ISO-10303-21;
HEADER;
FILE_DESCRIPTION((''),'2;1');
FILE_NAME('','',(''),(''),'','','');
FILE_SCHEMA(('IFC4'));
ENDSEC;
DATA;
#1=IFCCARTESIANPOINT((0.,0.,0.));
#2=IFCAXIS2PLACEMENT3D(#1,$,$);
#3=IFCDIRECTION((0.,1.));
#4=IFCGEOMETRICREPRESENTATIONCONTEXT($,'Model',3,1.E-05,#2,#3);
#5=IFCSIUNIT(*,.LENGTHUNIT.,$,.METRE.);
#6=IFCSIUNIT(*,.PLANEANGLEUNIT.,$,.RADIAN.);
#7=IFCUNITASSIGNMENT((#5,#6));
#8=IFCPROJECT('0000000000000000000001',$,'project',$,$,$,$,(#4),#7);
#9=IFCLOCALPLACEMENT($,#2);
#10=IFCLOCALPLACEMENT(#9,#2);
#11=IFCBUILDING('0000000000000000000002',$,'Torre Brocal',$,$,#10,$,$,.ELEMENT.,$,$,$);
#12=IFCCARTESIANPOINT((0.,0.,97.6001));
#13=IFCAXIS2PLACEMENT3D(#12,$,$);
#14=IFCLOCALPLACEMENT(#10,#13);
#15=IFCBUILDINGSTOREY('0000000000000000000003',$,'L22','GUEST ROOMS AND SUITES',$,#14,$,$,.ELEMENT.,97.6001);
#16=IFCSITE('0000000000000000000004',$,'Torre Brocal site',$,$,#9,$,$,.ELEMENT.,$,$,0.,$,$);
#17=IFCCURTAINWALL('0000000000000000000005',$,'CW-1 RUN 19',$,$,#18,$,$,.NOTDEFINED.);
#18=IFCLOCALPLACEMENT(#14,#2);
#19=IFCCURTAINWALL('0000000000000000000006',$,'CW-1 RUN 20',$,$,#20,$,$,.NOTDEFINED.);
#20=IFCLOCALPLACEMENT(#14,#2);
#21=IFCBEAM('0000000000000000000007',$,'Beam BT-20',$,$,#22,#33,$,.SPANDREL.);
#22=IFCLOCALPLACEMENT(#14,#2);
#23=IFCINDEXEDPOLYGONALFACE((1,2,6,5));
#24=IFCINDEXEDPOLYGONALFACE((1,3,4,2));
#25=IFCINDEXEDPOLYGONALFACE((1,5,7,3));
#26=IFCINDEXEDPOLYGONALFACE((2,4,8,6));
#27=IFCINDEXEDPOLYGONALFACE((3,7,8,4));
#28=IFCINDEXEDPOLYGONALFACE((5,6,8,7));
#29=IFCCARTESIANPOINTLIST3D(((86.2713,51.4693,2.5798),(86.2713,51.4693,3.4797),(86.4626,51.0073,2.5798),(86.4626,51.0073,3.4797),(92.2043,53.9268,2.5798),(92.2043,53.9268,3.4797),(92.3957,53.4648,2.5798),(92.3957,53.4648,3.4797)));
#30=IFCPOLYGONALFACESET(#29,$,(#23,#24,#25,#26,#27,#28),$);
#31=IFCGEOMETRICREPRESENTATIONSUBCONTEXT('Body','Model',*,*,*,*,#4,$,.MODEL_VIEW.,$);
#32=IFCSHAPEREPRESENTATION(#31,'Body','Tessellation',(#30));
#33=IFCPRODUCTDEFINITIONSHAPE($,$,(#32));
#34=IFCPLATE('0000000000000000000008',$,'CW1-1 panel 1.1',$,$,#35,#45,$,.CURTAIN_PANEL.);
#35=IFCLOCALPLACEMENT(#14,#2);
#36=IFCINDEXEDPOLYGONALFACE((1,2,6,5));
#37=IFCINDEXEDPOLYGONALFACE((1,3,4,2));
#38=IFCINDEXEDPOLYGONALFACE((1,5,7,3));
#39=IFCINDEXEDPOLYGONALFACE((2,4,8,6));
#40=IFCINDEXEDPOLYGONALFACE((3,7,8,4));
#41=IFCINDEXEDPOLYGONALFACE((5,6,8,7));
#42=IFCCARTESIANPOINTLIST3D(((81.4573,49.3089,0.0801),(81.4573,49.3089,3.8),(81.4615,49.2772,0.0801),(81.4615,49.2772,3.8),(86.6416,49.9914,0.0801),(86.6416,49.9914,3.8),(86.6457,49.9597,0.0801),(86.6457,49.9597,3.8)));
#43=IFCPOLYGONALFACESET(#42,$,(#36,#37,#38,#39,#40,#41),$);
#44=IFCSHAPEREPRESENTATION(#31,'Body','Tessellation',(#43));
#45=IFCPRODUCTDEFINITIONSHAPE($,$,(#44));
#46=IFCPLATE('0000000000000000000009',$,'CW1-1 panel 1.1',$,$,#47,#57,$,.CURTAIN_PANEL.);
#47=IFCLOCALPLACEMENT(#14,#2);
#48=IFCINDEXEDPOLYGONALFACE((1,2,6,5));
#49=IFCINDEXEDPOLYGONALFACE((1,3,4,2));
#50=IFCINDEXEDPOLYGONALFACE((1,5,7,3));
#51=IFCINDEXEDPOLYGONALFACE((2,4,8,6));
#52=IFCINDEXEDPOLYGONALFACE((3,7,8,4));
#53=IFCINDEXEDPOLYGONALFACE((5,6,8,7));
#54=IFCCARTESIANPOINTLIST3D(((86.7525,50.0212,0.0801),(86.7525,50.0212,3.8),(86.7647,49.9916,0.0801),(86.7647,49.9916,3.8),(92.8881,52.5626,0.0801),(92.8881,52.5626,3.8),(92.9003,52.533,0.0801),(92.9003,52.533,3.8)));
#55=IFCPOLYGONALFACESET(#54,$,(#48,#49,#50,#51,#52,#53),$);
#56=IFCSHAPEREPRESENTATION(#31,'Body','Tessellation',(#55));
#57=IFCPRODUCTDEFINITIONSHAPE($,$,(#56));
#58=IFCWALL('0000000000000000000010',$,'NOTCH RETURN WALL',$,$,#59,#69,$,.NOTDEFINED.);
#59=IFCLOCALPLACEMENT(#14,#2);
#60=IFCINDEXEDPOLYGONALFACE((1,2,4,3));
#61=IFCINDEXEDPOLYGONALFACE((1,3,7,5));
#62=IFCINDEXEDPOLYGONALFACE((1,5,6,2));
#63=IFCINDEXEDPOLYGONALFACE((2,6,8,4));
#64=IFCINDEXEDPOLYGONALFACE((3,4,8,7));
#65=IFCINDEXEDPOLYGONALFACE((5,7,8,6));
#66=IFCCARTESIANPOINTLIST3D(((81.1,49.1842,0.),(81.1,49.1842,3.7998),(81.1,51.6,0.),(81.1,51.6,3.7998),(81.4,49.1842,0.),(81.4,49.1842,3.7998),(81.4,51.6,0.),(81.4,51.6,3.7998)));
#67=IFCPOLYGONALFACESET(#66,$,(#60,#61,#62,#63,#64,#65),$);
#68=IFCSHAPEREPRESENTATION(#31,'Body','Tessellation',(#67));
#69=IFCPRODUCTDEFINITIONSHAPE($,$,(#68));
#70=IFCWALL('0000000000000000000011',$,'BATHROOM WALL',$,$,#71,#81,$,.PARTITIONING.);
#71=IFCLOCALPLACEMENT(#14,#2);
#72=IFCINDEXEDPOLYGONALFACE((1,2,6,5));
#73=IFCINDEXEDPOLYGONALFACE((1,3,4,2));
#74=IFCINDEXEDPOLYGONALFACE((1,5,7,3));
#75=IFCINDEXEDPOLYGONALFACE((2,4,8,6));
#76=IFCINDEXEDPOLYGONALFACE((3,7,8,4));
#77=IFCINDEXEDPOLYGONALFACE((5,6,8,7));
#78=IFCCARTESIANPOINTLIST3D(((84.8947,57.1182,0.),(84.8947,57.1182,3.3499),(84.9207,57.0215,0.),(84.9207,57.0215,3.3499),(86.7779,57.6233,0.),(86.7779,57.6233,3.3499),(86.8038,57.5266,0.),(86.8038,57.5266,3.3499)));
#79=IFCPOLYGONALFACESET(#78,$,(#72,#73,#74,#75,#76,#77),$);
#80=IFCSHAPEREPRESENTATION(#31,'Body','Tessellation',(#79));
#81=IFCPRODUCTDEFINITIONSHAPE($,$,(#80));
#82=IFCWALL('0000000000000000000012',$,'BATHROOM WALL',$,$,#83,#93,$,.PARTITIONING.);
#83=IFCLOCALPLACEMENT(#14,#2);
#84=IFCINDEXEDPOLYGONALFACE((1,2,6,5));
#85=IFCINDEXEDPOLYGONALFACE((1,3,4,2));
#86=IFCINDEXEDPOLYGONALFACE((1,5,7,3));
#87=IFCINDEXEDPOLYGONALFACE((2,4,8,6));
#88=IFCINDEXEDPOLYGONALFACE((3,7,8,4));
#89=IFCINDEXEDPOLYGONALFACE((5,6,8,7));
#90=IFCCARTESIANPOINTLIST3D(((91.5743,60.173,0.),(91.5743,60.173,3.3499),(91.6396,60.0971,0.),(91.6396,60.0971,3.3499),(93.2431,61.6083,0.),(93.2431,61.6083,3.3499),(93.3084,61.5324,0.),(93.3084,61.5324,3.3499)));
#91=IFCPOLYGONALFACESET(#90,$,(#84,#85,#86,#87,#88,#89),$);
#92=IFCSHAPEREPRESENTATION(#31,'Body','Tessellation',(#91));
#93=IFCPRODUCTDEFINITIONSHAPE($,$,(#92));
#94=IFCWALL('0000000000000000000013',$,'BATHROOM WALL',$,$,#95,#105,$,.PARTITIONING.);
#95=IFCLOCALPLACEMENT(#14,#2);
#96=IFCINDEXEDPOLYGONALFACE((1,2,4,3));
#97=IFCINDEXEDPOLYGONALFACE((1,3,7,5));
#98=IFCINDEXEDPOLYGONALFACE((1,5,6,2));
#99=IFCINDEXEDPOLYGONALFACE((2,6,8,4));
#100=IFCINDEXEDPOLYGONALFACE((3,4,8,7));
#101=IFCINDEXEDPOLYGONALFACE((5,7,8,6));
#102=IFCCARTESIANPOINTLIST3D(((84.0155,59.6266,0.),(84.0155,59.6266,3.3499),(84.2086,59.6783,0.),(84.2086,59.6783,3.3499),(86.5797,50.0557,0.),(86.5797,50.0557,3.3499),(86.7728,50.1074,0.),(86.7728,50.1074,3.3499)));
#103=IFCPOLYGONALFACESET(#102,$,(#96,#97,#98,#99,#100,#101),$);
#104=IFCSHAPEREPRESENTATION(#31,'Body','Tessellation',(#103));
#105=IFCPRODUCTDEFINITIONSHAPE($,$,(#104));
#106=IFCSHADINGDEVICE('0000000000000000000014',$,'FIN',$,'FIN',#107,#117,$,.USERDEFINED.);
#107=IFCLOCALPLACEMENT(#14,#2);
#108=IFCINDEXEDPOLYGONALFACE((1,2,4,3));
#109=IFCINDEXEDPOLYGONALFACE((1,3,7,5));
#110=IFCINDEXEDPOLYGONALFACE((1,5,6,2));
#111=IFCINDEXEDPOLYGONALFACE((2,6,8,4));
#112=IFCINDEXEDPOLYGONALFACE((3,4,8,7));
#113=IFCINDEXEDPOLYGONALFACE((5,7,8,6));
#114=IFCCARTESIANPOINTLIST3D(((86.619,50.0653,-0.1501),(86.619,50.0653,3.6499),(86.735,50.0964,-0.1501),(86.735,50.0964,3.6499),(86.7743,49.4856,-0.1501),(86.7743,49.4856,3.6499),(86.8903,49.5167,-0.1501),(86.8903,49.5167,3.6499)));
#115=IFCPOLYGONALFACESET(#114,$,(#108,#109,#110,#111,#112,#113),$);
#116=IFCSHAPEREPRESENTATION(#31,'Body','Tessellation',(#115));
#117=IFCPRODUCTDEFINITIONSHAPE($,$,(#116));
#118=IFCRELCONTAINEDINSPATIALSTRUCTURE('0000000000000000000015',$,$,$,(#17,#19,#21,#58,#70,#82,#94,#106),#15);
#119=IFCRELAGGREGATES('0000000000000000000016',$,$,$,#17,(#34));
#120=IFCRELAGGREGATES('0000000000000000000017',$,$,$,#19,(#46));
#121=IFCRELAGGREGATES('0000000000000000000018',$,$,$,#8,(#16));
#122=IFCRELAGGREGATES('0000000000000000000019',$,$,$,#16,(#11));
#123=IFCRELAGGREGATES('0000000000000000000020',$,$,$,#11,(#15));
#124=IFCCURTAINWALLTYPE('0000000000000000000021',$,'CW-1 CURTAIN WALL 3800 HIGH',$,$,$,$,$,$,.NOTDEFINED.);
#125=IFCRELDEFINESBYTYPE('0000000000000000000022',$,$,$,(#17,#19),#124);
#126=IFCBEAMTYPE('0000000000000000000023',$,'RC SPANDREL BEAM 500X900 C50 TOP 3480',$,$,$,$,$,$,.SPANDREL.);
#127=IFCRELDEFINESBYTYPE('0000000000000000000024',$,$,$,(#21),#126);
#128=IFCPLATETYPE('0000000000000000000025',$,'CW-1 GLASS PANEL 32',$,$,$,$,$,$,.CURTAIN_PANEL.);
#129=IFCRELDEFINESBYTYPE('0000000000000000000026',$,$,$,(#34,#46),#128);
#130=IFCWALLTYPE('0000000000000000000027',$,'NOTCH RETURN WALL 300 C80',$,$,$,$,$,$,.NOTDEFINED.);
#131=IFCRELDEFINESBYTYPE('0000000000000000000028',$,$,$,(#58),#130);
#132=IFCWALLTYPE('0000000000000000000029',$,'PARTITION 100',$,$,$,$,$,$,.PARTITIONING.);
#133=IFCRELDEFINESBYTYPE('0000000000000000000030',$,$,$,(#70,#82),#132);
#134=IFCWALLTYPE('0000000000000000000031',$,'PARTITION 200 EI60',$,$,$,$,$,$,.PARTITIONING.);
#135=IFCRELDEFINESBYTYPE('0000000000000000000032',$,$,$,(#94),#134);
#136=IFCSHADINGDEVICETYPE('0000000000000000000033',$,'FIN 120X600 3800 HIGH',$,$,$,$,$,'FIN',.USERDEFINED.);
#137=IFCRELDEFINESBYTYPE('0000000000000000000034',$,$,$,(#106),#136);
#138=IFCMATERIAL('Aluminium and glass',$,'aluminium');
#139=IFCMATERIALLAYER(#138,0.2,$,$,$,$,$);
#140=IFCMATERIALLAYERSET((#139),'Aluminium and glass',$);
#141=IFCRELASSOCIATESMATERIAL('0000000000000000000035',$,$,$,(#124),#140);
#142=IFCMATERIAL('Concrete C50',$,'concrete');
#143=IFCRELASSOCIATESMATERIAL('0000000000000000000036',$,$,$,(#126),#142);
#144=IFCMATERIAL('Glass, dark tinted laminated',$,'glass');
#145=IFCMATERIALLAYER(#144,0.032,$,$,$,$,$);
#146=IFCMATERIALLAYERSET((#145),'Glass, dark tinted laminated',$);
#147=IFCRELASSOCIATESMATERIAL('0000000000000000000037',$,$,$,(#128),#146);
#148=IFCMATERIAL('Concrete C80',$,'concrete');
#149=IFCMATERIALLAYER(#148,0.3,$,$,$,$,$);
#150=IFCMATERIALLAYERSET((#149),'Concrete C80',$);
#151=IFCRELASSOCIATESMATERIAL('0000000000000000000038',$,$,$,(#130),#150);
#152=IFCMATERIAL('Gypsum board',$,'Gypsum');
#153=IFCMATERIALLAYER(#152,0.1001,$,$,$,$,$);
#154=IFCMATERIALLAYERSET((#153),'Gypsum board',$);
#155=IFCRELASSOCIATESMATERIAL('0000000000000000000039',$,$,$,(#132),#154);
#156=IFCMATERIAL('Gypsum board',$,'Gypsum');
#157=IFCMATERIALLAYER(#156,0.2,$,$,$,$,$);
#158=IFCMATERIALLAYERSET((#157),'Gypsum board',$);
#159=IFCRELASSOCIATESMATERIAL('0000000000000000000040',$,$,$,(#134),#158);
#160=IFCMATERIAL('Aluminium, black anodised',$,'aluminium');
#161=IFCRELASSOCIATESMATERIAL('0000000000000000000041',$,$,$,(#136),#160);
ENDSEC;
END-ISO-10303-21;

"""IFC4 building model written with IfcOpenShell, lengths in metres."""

from ifc_helpers import new_model, si_unit, direction, frame, frame_2d, origin, origin_2d, place, context, subcontext, project, spatial, rectangle, extrude, material, layer, layer_set, material_profile, profile_set, type_object, element, aggregate, save


model = new_model("IFC4")

# Units and contexts
model_context = context("Model", 3, precision=1e-05, world=origin(), true_north=direction((0.0, 1.0)))
body_context = subcontext(model_context, "Body", "Model", "MODEL_VIEW")
ifc_project = project(units=[si_unit("LENGTHUNIT", "METRE"), si_unit("PLANEANGLEUNIT", "RADIAN")], contexts=[model_context])

# Site, building, storey
site_placement = place(None, origin())
site = spatial("IfcSite", under=ifc_project, at=site_placement, Name="Torre Brocal site", CompositionType="ELEMENT", RefElevation=0.0)
building_placement = place(site_placement, origin())
building = spatial("IfcBuilding", under=site, at=building_placement, Name="Torre Brocal", CompositionType="ELEMENT")
storey_placement = place(building_placement, frame((0.0, 0.0, 97.6001)))
storey = spatial("IfcBuildingStorey", under=building, at=storey_placement, Name="L22", Description="GUEST ROOMS AND SUITES", CompositionType="ELEMENT", Elevation=97.6001)

# Curtain wall
ifc_material_1 = material(Name="Aluminium and glass", Category="aluminium")
ifc_layer_1 = layer(ifc_material_1, 0.2)
ifc_layer_set_1 = layer_set([ifc_layer_1], Name="Aluminium and glass")
curtain_wall_type = type_object("IfcCurtainWallType", Name="CW-1 CURTAIN WALL 3800 HIGH", PredefinedType="NOTDEFINED", material=ifc_layer_set_1)
curtain_wall_1_placement = place(storey_placement, origin())
curtain_wall_1 = element("IfcCurtainWall", 1, at=curtain_wall_1_placement, inside=storey, type_object=curtain_wall_type, Name="CW-1 RUN 19", PredefinedType="NOTDEFINED")

# Curtain wall
curtain_wall_2_placement = place(storey_placement, origin())
curtain_wall_2 = element("IfcCurtainWall", 2, at=curtain_wall_2_placement, inside=storey, type_object=curtain_wall_type, Name="CW-1 RUN 20", PredefinedType="NOTDEFINED")

# Beam
ifc_material_2 = material(Name="Concrete C50", Category="concrete")
ifc_material_profile_1 = material_profile(ifc_material_2, rectangle(XDim=0.5, YDim=0.8999, at=origin_2d()), Name="RC 500X900")
ifc_profile_set_1 = profile_set([ifc_material_profile_1], Name="Concrete C50")
beam_type_1 = type_object("IfcBeamType", Name="RC SPANDREL BEAM 500X900 C50 TOP 3480", PredefinedType="SPANDREL", material=ifc_profile_set_1)
beam_1_placement = place(storey_placement, frame((86.3669, 51.2383, 3.0298), z_axis=(0.923882, 0.382676, 0.0), x_axis=(-0.382676, 0.923882, 0.0)))
element("IfcBeam", 3, at=beam_1_placement, inside=storey, type_object=beam_type_1, Name="Beam BT-20", PredefinedType="SPANDREL", context=body_context, shape_type="SweptSolid", body=[
    extrude(rectangle(XDim=0.5, YDim=0.8999, at=origin_2d()), origin(), (0.0, 0.0, 1.0), 6.4219),
])

# Plates
ifc_material_3 = material(Name="Glass, dark tinted laminated", Category="glass")
ifc_layer_2 = layer(ifc_material_3, 0.032)
ifc_layer_set_2 = layer_set([ifc_layer_2], Name="Glass, dark tinted laminated")
plate_type = type_object("IfcPlateType", Name="CW-1 GLASS PANEL 32", PredefinedType="CURTAIN_PANEL", material=ifc_layer_set_2)
plate_1_placement = place(storey_placement, frame((84.0515, 49.6343, 0.0801), z_axis=(0.0, 0.0, 1.0), x_axis=(0.991445, 0.130526, 0.0)))
plate_1 = element("IfcPlate", 4, at=plate_1_placement, type_object=plate_type, Name="CW1-1 panel 1.1", PredefinedType="CURTAIN_PANEL", context=body_context, shape_type="SweptSolid", body=[
    extrude(rectangle(XDim=5.229, YDim=0.032, at=origin_2d()), origin(), (0.0, 0.0, 1.0), 3.72),
])
aggregate(curtain_wall_1, [plate_1])
plate_2_placement = place(storey_placement, frame((89.8264, 51.2771, 0.0801), z_axis=(0.0, 0.0, 1.0), x_axis=(0.92388, 0.382683, 0.0)))
plate_2 = element("IfcPlate", 5, at=plate_2_placement, type_object=plate_type, Name="CW1-1 panel 1.1", PredefinedType="CURTAIN_PANEL", context=body_context, shape_type="SweptSolid", body=[
    extrude(rectangle(XDim=6.6411, YDim=0.032, at=origin_2d()), origin(), (0.0, 0.0, 1.0), 3.72),
])
aggregate(curtain_wall_2, [plate_2])

# Walls
ifc_material_4 = material(Name="Concrete C80", Category="concrete")
ifc_layer_3 = layer(ifc_material_4, 0.3)
ifc_layer_set_3 = layer_set([ifc_layer_3], Name="Concrete C80")
wall_type_1 = type_object("IfcWallType", Name="NOTCH RETURN WALL 300 C80", PredefinedType="NOTDEFINED", material=ifc_layer_set_3)
wall_1_placement = place(storey_placement, frame((81.25, 51.6001, 0.0), z_axis=(0.0, 0.0, 1.0), x_axis=(0.0, -1.0, 0.0)))
element("IfcWall", 6, at=wall_1_placement, inside=storey, type_object=wall_type_1, Name="NOTCH RETURN WALL", PredefinedType="NOTDEFINED", context=body_context, shape_type="SweptSolid", body=[
    extrude(rectangle(XDim=2.4158, YDim=0.3, at=frame_2d((1.208, 0.0))), origin(), (0.0, 0.0, 1.0), 3.7998),
])
ifc_material_5 = material(Name="Gypsum board", Category="Gypsum")
ifc_layer_4 = layer(ifc_material_5, 0.1001)
ifc_layer_set_4 = layer_set([ifc_layer_4], Name="Gypsum board")
wall_type_2 = type_object("IfcWallType", Name="PARTITION 100", PredefinedType="PARTITIONING", material=ifc_layer_set_4)
wall_2_placement = place(storey_placement, frame((84.9077, 57.0698, 0.0), z_axis=(0.0, 0.0, 1.0), x_axis=(0.965854, 0.259089, 0.0)))
element("IfcWall", 7, at=wall_2_placement, inside=storey, type_object=wall_type_2, Name="BATHROOM WALL", PredefinedType="PARTITIONING", context=body_context, shape_type="SweptSolid", body=[
    extrude(rectangle(XDim=1.9497, YDim=0.1001, at=frame_2d((0.9749, 0.0))), origin(), (0.0, 0.0, 1.0), 3.3499),
])
wall_3_placement = place(storey_placement, frame((91.6069, 60.135, 0.0), z_axis=(0.0, 0.0, 1.0), x_axis=(0.758136, 0.652097, 0.0)))
element("IfcWall", 8, at=wall_3_placement, inside=storey, type_object=wall_type_2, Name="BATHROOM WALL", PredefinedType="PARTITIONING", context=body_context, shape_type="SweptSolid", body=[
    extrude(rectangle(XDim=2.2012, YDim=0.1001, at=frame_2d((1.1006, 0.0))), origin(), (0.0, 0.0, 1.0), 3.3499),
])
ifc_material_6 = material(Name="Gypsum board", Category="Gypsum")
ifc_layer_5 = layer(ifc_material_6, 0.2)
ifc_layer_set_5 = layer_set([ifc_layer_5], Name="Gypsum board")
wall_type_3 = type_object("IfcWallType", Name="PARTITION 200 EI60", PredefinedType="PARTITIONING", material=ifc_layer_set_5)
wall_4_placement = place(storey_placement, frame((84.1121, 59.6523, 0.0), z_axis=(0.0, 0.0, 1.0), x_axis=(0.258793, -0.965933, 0.0)))
element("IfcWall", 9, at=wall_4_placement, inside=storey, type_object=wall_type_3, Name="BATHROOM WALL", PredefinedType="PARTITIONING", context=body_context, shape_type="SweptSolid", body=[
    extrude(rectangle(XDim=9.9084, YDim=0.2, at=frame_2d((4.9541, 0.0))), origin(), (0.0, 0.0, 1.0), 3.3499),
])

# Shading device
ifc_material_7 = material(Name="Aluminium, black anodised", Category="aluminium")
ifc_material_profile_2 = material_profile(ifc_material_7, rectangle(XDim=0.1201, YDim=0.6001, at=origin_2d()), Name="FIN 120X600 3800 HIGH")
ifc_profile_set_2 = profile_set([ifc_material_profile_2], Name="Aluminium, black anodised")
shading_device_type = type_object("IfcShadingDeviceType", Name="FIN 120X600 3800 HIGH", ElementType="FIN", PredefinedType="USERDEFINED", material=ifc_profile_set_2)
shading_device_placement = place(storey_placement, frame((86.7546, 49.791, -0.1501), z_axis=(0.0, 0.0, 1.0), x_axis=(0.965926, 0.258819, 0.0)))
element("IfcShadingDevice", 10, at=shading_device_placement, inside=storey, type_object=shading_device_type, Name="FIN", ObjectType="FIN", PredefinedType="USERDEFINED", context=body_context, shape_type="SweptSolid", body=[
    extrude(rectangle(XDim=0.1201, YDim=0.6001, at=origin_2d()), origin(), (0.0, 0.0, 1.0), 3.8),
])

save(model, "model.ifc")
